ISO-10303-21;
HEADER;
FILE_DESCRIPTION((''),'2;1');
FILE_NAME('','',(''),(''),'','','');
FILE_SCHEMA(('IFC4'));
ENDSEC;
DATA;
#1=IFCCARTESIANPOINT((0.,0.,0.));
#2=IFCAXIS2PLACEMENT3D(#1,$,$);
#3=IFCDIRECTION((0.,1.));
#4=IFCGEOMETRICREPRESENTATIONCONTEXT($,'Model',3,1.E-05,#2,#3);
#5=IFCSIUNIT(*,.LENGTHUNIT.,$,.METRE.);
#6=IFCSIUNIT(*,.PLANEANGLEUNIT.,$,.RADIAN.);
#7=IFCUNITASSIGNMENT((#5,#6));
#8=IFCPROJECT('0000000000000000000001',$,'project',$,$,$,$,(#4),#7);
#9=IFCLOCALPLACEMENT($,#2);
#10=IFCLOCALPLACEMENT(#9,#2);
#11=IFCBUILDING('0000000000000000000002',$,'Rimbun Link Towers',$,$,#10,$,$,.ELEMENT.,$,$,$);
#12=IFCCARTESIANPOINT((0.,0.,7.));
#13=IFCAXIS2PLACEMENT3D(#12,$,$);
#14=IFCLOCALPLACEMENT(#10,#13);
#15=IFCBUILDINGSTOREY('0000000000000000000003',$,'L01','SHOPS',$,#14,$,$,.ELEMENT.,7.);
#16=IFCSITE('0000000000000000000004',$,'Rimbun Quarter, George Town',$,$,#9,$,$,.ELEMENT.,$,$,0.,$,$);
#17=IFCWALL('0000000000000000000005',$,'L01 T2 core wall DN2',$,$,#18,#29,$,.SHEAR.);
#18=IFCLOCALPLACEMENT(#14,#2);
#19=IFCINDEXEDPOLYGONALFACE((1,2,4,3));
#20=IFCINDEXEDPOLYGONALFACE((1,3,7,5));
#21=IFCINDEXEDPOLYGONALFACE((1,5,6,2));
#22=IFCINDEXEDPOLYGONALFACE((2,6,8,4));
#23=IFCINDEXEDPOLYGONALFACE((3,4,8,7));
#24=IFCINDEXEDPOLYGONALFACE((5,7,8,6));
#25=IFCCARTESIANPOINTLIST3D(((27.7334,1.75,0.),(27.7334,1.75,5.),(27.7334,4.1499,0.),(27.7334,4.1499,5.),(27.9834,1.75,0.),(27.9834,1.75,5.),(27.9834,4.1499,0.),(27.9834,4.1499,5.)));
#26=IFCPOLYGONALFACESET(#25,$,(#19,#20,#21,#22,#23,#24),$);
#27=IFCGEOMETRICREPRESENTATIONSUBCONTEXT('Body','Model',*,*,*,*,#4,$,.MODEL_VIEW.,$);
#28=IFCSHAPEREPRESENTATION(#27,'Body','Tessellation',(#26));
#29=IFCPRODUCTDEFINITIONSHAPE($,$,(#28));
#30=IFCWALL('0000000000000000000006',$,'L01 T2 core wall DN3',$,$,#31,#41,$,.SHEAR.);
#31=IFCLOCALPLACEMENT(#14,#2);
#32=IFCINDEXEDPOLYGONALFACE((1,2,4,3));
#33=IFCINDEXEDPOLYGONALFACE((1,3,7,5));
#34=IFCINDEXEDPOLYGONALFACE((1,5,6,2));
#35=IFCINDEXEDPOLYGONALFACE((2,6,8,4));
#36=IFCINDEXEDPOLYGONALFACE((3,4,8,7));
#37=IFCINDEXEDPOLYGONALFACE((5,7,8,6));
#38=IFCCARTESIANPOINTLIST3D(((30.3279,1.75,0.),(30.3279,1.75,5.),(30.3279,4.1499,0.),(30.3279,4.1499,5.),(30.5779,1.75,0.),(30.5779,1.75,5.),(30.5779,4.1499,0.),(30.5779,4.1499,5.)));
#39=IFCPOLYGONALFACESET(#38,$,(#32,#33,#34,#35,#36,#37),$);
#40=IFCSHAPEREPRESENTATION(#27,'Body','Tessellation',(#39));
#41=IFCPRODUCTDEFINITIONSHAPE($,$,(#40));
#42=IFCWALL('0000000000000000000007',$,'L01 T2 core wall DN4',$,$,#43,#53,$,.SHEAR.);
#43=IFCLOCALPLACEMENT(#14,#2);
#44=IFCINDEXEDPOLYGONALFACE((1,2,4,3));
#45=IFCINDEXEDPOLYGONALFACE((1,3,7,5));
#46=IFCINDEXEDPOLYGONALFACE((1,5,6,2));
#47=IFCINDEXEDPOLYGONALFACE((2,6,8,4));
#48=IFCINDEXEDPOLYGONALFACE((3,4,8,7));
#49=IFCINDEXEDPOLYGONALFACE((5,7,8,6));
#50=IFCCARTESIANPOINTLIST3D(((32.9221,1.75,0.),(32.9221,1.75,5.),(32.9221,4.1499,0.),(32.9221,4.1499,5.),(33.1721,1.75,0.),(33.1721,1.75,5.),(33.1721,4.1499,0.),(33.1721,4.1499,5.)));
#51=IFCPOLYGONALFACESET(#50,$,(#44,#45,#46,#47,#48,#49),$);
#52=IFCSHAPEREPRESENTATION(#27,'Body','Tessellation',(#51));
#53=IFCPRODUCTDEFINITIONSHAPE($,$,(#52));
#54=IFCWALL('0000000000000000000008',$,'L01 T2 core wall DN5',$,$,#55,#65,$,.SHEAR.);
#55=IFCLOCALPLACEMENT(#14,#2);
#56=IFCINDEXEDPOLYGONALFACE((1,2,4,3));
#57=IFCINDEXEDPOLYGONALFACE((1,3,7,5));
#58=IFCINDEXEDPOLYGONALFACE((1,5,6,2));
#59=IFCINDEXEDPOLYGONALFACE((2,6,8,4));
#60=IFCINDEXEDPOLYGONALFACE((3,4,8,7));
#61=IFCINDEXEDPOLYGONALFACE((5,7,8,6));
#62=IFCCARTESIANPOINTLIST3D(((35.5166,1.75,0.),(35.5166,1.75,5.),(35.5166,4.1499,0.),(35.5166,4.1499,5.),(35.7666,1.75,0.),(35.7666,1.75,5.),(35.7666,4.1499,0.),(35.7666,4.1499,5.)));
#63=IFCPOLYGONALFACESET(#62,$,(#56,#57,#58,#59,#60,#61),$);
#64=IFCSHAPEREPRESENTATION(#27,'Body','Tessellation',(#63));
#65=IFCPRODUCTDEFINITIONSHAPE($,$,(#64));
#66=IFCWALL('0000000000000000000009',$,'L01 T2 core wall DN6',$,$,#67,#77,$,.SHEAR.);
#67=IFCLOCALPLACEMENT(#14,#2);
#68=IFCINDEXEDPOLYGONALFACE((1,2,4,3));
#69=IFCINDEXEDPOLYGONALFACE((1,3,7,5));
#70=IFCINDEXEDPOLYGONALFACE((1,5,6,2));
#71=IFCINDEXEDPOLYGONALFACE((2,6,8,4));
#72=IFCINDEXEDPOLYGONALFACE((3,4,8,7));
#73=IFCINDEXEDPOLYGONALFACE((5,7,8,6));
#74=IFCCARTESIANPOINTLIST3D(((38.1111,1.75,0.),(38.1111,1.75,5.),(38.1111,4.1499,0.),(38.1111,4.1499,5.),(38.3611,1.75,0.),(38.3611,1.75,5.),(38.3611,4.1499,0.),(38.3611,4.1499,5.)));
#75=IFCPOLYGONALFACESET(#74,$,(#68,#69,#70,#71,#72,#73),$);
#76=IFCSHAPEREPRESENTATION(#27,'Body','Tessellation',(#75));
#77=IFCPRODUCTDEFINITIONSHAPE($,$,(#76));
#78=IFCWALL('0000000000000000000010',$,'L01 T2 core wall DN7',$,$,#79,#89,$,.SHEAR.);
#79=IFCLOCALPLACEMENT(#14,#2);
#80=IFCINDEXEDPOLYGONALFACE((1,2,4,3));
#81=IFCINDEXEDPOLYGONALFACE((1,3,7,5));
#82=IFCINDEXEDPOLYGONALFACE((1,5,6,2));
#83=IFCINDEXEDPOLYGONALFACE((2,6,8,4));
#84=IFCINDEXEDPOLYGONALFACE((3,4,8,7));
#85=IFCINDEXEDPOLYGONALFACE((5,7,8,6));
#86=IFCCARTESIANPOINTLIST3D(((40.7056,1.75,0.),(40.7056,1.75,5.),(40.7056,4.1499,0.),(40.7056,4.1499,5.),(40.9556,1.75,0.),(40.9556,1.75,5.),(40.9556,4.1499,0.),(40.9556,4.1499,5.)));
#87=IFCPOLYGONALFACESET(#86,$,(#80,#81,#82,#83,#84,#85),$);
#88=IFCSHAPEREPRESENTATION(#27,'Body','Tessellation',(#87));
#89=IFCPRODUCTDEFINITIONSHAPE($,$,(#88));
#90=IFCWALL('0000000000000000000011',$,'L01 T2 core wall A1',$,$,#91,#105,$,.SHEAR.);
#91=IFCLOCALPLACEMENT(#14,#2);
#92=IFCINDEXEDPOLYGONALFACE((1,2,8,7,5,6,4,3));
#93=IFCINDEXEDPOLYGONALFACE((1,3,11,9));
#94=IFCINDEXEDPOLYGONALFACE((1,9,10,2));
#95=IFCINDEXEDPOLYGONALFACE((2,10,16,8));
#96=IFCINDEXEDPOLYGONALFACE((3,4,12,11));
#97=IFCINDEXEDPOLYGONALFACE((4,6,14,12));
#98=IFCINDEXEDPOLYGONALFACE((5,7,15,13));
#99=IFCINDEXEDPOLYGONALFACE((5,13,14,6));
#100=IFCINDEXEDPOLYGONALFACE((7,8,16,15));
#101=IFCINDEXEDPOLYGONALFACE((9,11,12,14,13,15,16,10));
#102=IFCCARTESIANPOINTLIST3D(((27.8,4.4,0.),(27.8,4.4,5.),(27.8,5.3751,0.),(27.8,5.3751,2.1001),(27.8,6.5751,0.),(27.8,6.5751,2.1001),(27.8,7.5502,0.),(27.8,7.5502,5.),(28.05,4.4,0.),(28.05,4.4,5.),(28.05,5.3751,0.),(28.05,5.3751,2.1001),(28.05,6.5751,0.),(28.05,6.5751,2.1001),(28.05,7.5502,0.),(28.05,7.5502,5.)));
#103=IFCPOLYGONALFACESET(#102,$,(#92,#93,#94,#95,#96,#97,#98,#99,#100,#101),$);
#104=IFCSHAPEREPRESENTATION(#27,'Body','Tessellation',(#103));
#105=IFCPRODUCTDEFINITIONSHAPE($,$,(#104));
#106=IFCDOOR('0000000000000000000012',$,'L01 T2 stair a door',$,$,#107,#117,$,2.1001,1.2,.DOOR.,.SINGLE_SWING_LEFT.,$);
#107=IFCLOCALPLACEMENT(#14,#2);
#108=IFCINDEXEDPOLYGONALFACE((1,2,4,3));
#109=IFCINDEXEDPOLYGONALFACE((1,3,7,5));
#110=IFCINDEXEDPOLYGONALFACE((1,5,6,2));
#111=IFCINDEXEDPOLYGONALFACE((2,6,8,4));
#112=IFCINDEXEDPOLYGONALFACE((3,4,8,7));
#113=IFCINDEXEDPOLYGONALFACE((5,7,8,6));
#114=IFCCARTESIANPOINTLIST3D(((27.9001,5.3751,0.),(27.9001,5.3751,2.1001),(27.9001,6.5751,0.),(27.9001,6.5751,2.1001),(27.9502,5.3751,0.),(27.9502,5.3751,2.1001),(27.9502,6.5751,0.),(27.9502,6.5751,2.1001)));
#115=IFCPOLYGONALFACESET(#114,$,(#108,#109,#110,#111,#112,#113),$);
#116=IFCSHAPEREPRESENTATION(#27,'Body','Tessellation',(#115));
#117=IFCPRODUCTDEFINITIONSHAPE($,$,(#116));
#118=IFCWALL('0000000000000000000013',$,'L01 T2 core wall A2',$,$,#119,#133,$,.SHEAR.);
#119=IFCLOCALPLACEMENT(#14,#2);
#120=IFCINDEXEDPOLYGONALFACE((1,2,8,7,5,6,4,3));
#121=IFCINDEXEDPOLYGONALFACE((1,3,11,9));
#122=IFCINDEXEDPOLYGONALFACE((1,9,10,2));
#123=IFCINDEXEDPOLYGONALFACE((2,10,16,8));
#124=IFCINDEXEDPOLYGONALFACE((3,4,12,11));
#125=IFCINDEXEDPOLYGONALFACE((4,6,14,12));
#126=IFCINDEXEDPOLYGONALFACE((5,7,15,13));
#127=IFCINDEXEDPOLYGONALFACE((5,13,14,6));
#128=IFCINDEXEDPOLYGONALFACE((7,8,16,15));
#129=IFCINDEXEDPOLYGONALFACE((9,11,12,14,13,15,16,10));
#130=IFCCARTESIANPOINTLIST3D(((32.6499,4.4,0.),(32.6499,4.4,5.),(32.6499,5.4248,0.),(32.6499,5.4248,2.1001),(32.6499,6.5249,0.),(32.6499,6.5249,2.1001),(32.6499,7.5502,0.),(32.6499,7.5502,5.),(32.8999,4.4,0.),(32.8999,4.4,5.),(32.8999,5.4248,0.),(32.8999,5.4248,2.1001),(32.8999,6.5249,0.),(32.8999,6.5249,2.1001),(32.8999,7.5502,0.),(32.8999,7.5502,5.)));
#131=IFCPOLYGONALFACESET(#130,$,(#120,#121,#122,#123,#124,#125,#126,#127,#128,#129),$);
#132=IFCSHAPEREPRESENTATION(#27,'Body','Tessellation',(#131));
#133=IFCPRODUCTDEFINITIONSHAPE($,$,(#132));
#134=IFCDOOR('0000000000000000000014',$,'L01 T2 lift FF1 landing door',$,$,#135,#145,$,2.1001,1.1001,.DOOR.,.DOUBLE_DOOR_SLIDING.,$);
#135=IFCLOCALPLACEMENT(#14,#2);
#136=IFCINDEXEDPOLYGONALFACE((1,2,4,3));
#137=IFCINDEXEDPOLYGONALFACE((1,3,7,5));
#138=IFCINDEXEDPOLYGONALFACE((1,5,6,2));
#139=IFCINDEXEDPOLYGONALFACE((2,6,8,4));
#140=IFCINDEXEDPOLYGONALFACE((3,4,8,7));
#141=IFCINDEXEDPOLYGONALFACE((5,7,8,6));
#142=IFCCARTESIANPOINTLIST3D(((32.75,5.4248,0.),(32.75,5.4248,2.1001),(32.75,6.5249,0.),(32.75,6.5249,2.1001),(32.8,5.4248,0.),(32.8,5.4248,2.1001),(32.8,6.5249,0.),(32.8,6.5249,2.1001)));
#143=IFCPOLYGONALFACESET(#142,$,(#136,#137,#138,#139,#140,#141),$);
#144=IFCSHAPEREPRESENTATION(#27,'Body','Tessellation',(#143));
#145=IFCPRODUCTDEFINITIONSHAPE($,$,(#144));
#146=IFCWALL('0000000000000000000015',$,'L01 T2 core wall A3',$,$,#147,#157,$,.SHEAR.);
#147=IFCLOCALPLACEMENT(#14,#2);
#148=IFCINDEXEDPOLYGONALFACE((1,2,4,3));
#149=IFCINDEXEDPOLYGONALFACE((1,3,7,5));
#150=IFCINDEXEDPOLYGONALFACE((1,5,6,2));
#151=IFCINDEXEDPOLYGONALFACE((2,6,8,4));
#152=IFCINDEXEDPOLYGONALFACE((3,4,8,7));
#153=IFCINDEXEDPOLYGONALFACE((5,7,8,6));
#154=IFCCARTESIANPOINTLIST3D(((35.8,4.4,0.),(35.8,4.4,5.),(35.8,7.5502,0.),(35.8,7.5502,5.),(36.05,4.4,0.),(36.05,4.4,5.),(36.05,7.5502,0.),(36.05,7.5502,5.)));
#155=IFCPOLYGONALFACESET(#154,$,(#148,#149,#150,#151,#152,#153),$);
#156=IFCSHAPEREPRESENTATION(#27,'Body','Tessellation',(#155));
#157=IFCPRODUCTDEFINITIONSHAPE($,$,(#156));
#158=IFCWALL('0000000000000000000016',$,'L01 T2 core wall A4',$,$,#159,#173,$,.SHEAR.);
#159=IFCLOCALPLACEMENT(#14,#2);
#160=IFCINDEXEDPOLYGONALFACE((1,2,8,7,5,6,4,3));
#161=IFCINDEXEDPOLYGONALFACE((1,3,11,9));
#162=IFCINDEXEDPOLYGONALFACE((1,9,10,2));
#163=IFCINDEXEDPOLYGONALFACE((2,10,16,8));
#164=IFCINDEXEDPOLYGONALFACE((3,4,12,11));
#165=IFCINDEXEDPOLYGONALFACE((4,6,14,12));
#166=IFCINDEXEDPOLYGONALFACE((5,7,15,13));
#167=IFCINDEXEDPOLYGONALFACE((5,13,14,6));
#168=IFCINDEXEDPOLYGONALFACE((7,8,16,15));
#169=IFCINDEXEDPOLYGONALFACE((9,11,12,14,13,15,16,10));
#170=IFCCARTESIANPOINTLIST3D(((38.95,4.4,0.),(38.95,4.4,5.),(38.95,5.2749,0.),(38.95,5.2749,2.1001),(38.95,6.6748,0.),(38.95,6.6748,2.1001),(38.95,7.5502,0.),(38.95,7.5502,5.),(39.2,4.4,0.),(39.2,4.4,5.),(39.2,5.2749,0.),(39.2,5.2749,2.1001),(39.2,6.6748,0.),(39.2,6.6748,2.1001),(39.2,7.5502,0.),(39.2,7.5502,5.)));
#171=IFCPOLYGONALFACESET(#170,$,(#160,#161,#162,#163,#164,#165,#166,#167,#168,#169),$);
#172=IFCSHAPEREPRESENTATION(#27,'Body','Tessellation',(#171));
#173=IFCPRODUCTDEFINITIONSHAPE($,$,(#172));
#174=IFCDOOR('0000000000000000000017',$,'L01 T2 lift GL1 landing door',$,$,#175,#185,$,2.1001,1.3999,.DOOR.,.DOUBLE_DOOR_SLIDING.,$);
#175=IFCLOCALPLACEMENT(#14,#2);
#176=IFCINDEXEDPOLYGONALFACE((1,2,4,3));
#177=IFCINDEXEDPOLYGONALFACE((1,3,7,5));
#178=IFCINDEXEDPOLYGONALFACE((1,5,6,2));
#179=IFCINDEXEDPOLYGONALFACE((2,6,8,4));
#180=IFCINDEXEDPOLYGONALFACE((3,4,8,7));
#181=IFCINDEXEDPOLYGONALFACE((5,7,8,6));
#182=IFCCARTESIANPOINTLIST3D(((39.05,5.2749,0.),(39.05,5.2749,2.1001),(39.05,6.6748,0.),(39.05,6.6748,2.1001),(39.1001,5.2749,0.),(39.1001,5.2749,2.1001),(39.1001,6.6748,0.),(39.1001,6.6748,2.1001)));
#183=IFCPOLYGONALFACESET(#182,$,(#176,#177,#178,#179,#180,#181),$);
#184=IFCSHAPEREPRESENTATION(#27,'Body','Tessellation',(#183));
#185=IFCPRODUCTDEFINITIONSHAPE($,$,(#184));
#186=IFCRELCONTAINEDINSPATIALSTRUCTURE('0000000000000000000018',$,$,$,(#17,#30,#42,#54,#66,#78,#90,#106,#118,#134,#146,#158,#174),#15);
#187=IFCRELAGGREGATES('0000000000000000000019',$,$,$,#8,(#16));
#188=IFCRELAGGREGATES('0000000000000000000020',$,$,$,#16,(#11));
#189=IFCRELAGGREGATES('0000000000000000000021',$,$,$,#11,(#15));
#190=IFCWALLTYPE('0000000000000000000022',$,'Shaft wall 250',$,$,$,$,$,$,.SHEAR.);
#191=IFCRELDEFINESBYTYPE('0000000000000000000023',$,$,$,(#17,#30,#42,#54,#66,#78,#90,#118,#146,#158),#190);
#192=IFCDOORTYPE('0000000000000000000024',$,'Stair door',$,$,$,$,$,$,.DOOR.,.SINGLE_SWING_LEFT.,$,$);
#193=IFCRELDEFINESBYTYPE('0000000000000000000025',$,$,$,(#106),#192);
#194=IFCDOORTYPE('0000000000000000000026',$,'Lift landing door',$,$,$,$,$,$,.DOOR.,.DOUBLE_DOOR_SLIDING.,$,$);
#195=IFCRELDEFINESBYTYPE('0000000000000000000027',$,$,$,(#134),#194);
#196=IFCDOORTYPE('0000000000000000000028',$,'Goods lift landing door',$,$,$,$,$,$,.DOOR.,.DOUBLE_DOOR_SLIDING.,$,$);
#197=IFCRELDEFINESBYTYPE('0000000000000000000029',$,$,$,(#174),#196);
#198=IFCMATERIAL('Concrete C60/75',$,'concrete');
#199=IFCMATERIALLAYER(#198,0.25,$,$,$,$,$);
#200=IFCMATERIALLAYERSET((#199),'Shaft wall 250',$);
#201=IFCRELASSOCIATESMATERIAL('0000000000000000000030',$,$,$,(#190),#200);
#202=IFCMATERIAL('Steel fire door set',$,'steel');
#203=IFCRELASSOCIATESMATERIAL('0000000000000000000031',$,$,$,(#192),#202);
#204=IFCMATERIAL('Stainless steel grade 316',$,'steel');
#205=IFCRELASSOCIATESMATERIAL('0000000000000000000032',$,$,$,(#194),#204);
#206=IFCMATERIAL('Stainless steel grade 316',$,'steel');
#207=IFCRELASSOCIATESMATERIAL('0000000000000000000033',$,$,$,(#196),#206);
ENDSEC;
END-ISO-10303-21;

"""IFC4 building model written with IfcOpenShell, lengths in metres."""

from ifc_helpers import new_model, si_unit, direction, frame, frame_2d, origin, place, context, subcontext, project, spatial, rectangle, extrude, material, layer, layer_set, type_object, element, fill, save


model = new_model("IFC4")

# Units and contexts
model_context = context("Model", 3, precision=1e-05, world=origin(), true_north=direction((0.0, 1.0)))
body_context = subcontext(model_context, "Body", "Model", "MODEL_VIEW")
ifc_project = project(units=[si_unit("LENGTHUNIT", "METRE"), si_unit("PLANEANGLEUNIT", "RADIAN")], contexts=[model_context])

# Site, building, storey
site_placement = place(None, origin())
site = spatial("IfcSite", under=ifc_project, at=site_placement, Name="Rimbun Quarter, George Town", CompositionType="ELEMENT", RefElevation=0.0)
building_placement = place(site_placement, origin())
building = spatial("IfcBuilding", under=site, at=building_placement, Name="Rimbun Link Towers", CompositionType="ELEMENT")
storey_placement = place(building_placement, frame((0.0, 0.0, 7.0)))
storey = spatial("IfcBuildingStorey", under=building, at=storey_placement, Name="L01", Description="SHOPS", CompositionType="ELEMENT", Elevation=7.0)

# Walls
ifc_material_1 = material(Name="Concrete C60/75", Category="concrete")
ifc_layer_1 = layer(ifc_material_1, 0.25)
ifc_layer_set_1 = layer_set([ifc_layer_1], Name="Shaft wall 250")
wall_type_1 = type_object("IfcWallType", Name="Shaft wall 250", PredefinedType="SHEAR", material=ifc_layer_set_1)
for number, where, z_axis, x_axis, name in (
    (1, (27.8584, 1.75, 0.0), (0.0, 0.0, 1.0), (0.0, 1.0, 0.0), "L01 T2 core wall DN2"),
    (2, (30.4529, 1.75, 0.0), (0.0, 0.0, 1.0), (0.0, 1.0, 0.0), "L01 T2 core wall DN3"),
    (3, (33.0471, 1.75, 0.0), (0.0, 0.0, 1.0), (0.0, 1.0, 0.0), "L01 T2 core wall DN4"),
    (4, (35.6416, 1.75, 0.0), (0.0, 0.0, 1.0), (0.0, 1.0, 0.0), "L01 T2 core wall DN5"),
    (5, (38.2361, 1.75, 0.0), (0.0, 0.0, 1.0), (0.0, 1.0, 0.0), "L01 T2 core wall DN6"),
    (6, (40.8306, 1.75, 0.0), (0.0, 0.0, 1.0), (0.0, 1.0, 0.0), "L01 T2 core wall DN7"),
):
    element("IfcWall", number, at=place(storey_placement, frame(where, z_axis=z_axis, x_axis=x_axis)), inside=storey, type_object=wall_type_1, Name=name, PredefinedType="SHEAR", context=body_context, shape_type="SweptSolid", body=[
        extrude(rectangle(XDim=2.3999, YDim=0.25, at=frame_2d((1.2, 0.0))), origin(), (0.0, 0.0, 1.0), 5.0),
    ])

# Walls, openings, doors
wall_1_placement = place(storey_placement, frame((27.925, 4.3999, 0.0), z_axis=(0.0, 0.0, 1.0), x_axis=(0.0, 1.0, 0.0)))
wall_1 = element("IfcWall", 7, at=wall_1_placement, inside=storey, type_object=wall_type_1, Name="L01 T2 core wall A1", PredefinedType="SHEAR", context=body_context, shape_type="SweptSolid", body=[
    extrude(rectangle(XDim=3.1501, YDim=0.25, at=frame_2d((1.5752, 0.0))), origin(), (0.0, 0.0, 1.0), 5.0),
])
opening_1_placement = place(wall_1_placement, frame((0.9751, 0.0, 0.0)))
opening_1 = element("IfcOpeningElement", 8, at=opening_1_placement, cuts=wall_1, PredefinedType="OPENING", context=body_context, shape_type="SweptSolid", body=[
    extrude(rectangle(XDim=1.2, YDim=2.1001, at=frame_2d((0.6001, 1.05))), frame((0.0, 0.135, 0.0), z_axis=(0.0, -1.0, 0.0), x_axis=(1.0, 0.0, 0.0)), (0.0, 0.0, 1.0), 0.27),
])
ifc_material_2 = material(Name="Steel fire door set", Category="steel")
door_type_1 = type_object("IfcDoorType", Name="Stair door", OperationType="SINGLE_SWING_LEFT", PredefinedType="DOOR", material=ifc_material_2)
door_1_placement = place(opening_1_placement, origin())
door_1 = element("IfcDoor", 9, at=door_1_placement, inside=storey, type_object=door_type_1, Name="L01 T2 stair a door", OperationType="SINGLE_SWING_LEFT", OverallHeight=2.1001, OverallWidth=1.2, PredefinedType="DOOR", context=body_context, shape_type="SweptSolid", body=[
    extrude(rectangle(XDim=1.2, YDim=2.1001, at=frame_2d((0.6001, 1.05))), frame((0.0, 0.0249, 0.0), z_axis=(0.0, -1.0, 0.0), x_axis=(1.0, 0.0, 0.0)), (0.0, 0.0, 1.0), 0.05),
])
fill(opening_1, door_1)
wall_2_placement = place(storey_placement, frame((32.7749, 4.3999, 0.0), z_axis=(0.0, 0.0, 1.0), x_axis=(0.0, 1.0, 0.0)))
wall_2 = element("IfcWall", 10, at=wall_2_placement, inside=storey, type_object=wall_type_1, Name="L01 T2 core wall A2", PredefinedType="SHEAR", context=body_context, shape_type="SweptSolid", body=[
    extrude(rectangle(XDim=3.1501, YDim=0.25, at=frame_2d((1.5752, 0.0))), origin(), (0.0, 0.0, 1.0), 5.0),
])
opening_2_placement = place(wall_2_placement, frame((1.0249, 0.0, 0.0)))
opening_2 = element("IfcOpeningElement", 11, at=opening_2_placement, cuts=wall_2, PredefinedType="OPENING", context=body_context, shape_type="SweptSolid", body=[
    extrude(rectangle(XDim=1.1001, YDim=2.1001, at=frame_2d((0.55, 1.05))), frame((0.0, 0.135, 0.0), z_axis=(0.0, -1.0, 0.0), x_axis=(1.0, 0.0, 0.0)), (0.0, 0.0, 1.0), 0.27),
])
ifc_material_3 = material(Name="Stainless steel grade 316", Category="steel")
door_type_2 = type_object("IfcDoorType", Name="Lift landing door", OperationType="DOUBLE_DOOR_SLIDING", PredefinedType="DOOR", material=ifc_material_3)
door_2_placement = place(opening_2_placement, origin())
door_2 = element("IfcDoor", 12, at=door_2_placement, inside=storey, type_object=door_type_2, Name="L01 T2 lift FF1 landing door", OperationType="DOUBLE_DOOR_SLIDING", OverallHeight=2.1001, OverallWidth=1.1001, PredefinedType="DOOR", context=body_context, shape_type="SweptSolid", body=[
    extrude(rectangle(XDim=1.1001, YDim=2.1001, at=frame_2d((0.55, 1.05))), frame((0.0, 0.0249, 0.0), z_axis=(0.0, -1.0, 0.0), x_axis=(1.0, 0.0, 0.0)), (0.0, 0.0, 1.0), 0.05),
])
fill(opening_2, door_2)

# Wall
wall_3_placement = place(storey_placement, frame((35.925, 4.3999, 0.0), z_axis=(0.0, 0.0, 1.0), x_axis=(0.0, 1.0, 0.0)))
element("IfcWall", 13, at=wall_3_placement, inside=storey, type_object=wall_type_1, Name="L01 T2 core wall A3", PredefinedType="SHEAR", context=body_context, shape_type="SweptSolid", body=[
    extrude(rectangle(XDim=3.1501, YDim=0.25, at=frame_2d((1.5752, 0.0))), origin(), (0.0, 0.0, 1.0), 5.0),
])

# Wall, opening, door
wall_4_placement = place(storey_placement, frame((39.075, 4.3999, 0.0), z_axis=(0.0, 0.0, 1.0), x_axis=(0.0, 1.0, 0.0)))
wall_4 = element("IfcWall", 14, at=wall_4_placement, inside=storey, type_object=wall_type_1, Name="L01 T2 core wall A4", PredefinedType="SHEAR", context=body_context, shape_type="SweptSolid", body=[
    extrude(rectangle(XDim=3.1501, YDim=0.25, at=frame_2d((1.5752, 0.0))), origin(), (0.0, 0.0, 1.0), 5.0),
])
opening_3_placement = place(wall_4_placement, frame((0.875, 0.0, 0.0)))
opening_3 = element("IfcOpeningElement", 15, at=opening_3_placement, cuts=wall_4, PredefinedType="OPENING", context=body_context, shape_type="SweptSolid", body=[
    extrude(rectangle(XDim=1.3999, YDim=2.1001, at=frame_2d((0.7, 1.05))), frame((0.0, 0.135, 0.0), z_axis=(0.0, -1.0, 0.0), x_axis=(1.0, 0.0, 0.0)), (0.0, 0.0, 1.0), 0.27),
])
ifc_material_4 = material(Name="Stainless steel grade 316", Category="steel")
door_type_3 = type_object("IfcDoorType", Name="Goods lift landing door", OperationType="DOUBLE_DOOR_SLIDING", PredefinedType="DOOR", material=ifc_material_4)
door_3_placement = place(opening_3_placement, origin())
door_3 = element("IfcDoor", 16, at=door_3_placement, inside=storey, type_object=door_type_3, Name="L01 T2 lift GL1 landing door", OperationType="DOUBLE_DOOR_SLIDING", OverallHeight=2.1001, OverallWidth=1.3999, PredefinedType="DOOR", context=body_context, shape_type="SweptSolid", body=[
    extrude(rectangle(XDim=1.3999, YDim=2.1001, at=frame_2d((0.7, 1.05))), frame((0.0, 0.0249, 0.0), z_axis=(0.0, -1.0, 0.0), x_axis=(1.0, 0.0, 0.0)), (0.0, 0.0, 1.0), 0.05),
])
fill(opening_3, door_3)

save(model, "model.ifc")
